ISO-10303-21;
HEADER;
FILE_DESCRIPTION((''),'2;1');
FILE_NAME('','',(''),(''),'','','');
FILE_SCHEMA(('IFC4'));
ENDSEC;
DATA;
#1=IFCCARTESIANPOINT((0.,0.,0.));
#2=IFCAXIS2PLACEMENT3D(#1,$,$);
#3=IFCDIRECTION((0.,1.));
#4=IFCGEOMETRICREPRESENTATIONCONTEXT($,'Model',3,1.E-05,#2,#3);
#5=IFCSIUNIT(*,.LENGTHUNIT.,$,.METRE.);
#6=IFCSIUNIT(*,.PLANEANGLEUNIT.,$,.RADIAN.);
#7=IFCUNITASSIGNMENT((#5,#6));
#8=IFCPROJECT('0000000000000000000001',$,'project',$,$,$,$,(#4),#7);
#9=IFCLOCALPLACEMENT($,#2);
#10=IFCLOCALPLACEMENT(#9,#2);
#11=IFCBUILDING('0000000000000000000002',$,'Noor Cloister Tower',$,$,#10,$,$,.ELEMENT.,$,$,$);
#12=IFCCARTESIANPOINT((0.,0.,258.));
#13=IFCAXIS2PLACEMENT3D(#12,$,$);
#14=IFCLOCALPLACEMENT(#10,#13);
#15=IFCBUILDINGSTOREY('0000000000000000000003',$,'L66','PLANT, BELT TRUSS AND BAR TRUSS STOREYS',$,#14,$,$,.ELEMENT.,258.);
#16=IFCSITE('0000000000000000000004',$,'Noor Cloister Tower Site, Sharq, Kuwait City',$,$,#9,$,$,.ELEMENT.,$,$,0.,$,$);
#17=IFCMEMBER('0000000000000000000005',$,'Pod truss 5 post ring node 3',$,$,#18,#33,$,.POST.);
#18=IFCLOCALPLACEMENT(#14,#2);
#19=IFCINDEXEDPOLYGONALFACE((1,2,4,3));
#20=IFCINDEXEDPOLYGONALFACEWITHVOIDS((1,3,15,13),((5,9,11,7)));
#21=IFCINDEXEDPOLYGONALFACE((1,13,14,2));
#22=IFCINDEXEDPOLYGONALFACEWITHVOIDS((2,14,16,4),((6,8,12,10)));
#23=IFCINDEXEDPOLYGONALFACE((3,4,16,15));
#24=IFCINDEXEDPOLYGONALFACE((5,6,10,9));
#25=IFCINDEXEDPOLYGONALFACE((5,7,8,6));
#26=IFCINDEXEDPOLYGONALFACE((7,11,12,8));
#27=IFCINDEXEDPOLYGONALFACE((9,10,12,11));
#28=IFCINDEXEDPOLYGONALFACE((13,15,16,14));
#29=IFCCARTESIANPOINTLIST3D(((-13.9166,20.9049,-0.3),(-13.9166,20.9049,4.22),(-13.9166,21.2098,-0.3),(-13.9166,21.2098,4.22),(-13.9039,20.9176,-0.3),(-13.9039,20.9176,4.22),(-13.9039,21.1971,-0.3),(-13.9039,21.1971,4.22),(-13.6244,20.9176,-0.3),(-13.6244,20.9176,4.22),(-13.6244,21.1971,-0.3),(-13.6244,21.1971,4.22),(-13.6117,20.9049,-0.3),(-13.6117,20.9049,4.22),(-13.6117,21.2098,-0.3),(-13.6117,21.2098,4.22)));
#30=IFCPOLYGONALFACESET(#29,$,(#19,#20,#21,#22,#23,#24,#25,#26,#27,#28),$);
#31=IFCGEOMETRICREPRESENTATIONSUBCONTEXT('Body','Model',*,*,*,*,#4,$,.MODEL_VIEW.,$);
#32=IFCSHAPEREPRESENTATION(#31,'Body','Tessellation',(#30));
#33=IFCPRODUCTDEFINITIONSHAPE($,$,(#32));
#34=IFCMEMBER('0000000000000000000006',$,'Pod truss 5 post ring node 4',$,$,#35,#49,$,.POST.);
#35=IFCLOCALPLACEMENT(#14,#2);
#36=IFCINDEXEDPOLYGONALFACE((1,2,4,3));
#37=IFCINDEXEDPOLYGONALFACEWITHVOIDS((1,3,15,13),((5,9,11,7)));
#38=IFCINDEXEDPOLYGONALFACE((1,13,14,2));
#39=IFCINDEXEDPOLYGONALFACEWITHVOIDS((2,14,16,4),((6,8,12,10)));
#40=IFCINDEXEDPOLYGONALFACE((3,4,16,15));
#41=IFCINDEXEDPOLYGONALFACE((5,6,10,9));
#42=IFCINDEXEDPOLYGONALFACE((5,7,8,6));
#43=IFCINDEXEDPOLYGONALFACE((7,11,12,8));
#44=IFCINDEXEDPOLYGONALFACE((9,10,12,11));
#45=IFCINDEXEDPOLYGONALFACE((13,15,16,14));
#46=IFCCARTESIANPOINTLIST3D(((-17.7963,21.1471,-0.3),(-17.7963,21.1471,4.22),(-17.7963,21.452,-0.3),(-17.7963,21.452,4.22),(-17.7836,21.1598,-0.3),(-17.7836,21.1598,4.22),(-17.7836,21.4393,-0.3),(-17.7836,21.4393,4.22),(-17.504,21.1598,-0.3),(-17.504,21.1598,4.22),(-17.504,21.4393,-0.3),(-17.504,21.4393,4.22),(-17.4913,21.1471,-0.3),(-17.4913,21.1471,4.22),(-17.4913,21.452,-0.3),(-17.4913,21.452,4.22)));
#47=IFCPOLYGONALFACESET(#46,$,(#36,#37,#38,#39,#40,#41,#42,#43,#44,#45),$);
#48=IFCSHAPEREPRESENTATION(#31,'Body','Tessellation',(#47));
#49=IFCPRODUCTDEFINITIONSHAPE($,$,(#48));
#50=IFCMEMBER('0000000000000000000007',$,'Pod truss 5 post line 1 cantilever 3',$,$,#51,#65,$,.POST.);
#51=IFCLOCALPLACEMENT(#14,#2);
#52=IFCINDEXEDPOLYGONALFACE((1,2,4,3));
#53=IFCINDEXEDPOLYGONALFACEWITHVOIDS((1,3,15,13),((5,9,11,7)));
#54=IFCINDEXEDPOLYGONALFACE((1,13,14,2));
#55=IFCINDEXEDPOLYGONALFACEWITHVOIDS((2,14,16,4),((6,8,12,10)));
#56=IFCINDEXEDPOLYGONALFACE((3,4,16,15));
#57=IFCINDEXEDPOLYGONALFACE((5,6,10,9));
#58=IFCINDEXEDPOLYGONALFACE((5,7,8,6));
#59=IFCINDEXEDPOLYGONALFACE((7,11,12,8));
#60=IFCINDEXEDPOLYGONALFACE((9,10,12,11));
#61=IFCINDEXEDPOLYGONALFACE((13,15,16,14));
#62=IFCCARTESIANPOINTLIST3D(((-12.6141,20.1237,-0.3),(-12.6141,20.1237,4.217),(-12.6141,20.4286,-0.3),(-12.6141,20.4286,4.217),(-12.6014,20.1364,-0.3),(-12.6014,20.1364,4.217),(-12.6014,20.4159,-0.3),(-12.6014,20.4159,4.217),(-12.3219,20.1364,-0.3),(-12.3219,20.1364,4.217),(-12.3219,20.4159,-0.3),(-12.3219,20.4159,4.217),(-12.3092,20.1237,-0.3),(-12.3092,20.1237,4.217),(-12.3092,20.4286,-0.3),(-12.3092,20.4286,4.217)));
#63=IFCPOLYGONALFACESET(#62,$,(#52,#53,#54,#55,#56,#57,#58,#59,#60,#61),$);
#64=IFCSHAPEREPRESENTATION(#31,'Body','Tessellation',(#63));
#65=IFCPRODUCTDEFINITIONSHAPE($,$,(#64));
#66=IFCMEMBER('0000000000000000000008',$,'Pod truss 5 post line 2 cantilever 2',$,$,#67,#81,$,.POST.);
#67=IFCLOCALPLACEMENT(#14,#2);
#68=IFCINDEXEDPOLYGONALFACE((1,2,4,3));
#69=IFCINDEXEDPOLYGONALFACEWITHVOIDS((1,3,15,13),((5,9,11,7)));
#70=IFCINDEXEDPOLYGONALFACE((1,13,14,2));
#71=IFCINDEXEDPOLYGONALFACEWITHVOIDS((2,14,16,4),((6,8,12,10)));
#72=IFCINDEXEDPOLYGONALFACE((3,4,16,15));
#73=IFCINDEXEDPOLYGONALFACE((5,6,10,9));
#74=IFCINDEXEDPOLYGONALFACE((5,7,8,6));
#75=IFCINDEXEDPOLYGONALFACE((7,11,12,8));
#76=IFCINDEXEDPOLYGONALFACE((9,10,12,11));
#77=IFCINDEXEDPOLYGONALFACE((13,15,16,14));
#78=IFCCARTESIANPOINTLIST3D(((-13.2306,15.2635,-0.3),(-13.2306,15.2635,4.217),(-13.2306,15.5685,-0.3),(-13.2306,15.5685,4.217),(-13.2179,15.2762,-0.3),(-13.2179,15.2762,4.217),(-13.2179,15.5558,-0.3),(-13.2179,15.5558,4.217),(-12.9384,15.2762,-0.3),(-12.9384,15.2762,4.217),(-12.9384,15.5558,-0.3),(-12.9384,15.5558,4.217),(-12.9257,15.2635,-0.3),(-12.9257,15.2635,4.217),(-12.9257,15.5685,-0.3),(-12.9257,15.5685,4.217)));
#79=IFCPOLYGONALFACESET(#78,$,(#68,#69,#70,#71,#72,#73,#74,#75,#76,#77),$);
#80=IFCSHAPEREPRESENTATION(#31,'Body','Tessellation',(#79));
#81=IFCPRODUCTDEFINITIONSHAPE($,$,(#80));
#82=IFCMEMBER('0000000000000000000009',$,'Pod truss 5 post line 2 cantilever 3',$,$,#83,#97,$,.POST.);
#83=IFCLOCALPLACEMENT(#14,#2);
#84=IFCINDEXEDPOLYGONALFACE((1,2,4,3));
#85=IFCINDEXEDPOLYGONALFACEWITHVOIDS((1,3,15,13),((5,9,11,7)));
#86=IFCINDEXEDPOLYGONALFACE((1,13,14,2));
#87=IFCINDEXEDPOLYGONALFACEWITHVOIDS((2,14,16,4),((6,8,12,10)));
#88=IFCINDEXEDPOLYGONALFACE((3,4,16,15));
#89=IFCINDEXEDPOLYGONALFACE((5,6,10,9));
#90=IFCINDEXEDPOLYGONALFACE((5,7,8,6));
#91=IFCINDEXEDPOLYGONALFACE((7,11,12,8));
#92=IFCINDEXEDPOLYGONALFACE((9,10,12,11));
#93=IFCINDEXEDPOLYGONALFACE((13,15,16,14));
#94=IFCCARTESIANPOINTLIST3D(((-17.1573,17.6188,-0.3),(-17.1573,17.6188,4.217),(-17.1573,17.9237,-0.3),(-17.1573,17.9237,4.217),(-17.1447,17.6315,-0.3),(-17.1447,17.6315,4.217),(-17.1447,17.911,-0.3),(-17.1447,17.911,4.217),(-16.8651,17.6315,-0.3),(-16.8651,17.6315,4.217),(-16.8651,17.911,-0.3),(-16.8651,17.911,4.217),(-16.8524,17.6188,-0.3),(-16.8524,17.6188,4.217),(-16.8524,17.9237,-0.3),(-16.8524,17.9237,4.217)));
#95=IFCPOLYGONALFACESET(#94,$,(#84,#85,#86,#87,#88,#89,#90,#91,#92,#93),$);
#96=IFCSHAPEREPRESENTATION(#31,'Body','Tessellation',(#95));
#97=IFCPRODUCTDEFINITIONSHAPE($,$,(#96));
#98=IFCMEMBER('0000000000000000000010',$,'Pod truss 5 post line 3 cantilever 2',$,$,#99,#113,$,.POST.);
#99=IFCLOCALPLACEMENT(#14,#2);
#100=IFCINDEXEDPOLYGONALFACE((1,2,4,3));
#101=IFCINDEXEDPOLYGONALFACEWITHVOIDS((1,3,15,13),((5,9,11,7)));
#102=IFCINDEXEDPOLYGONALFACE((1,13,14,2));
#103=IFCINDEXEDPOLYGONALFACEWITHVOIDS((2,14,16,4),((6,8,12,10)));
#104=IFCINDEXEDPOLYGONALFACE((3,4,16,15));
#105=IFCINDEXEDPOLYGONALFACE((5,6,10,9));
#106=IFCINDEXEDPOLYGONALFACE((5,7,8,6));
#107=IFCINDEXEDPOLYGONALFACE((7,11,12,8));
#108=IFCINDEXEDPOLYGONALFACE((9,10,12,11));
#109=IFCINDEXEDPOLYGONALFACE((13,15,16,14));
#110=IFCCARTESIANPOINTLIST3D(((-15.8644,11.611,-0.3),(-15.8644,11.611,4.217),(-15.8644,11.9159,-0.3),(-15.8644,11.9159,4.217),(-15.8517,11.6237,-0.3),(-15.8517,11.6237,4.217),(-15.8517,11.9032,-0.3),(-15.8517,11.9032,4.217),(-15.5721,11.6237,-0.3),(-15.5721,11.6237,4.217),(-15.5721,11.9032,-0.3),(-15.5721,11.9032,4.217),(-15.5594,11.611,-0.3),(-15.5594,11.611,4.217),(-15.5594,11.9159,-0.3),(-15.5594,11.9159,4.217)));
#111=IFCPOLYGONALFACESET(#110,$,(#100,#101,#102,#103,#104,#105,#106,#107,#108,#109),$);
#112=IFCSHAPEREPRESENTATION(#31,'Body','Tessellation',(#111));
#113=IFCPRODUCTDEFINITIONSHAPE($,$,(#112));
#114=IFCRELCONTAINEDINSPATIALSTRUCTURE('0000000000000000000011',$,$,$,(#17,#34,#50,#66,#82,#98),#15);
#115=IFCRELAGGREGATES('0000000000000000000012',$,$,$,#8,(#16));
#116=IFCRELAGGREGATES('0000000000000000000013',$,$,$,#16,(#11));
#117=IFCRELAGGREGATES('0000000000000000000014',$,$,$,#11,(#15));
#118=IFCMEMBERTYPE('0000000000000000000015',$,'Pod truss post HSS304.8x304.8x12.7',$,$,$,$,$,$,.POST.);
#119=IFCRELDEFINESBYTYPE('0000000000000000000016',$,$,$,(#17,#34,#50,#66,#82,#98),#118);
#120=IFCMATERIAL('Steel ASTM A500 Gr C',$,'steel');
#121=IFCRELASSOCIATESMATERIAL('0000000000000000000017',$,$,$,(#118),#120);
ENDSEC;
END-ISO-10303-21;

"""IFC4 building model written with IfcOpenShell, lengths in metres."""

from ifc_helpers import new_model, si_unit, direction, frame, origin, origin_2d, place, context, subcontext, project, spatial, hollow_rectangle, extrude, material, material_profile, profile_set, type_object, element, save


model = new_model("IFC4")

# Units and contexts
model_context = context("Model", 3, precision=1e-05, world=origin(), true_north=direction((0.0, 1.0)))
body_context = subcontext(model_context, "Body", "Model", "MODEL_VIEW")
ifc_project = project(units=[si_unit("LENGTHUNIT", "METRE"), si_unit("PLANEANGLEUNIT", "RADIAN")], contexts=[model_context])

# Site, building, storey
site_placement = place(None, origin())
site = spatial("IfcSite", under=ifc_project, at=site_placement, Name="Noor Cloister Tower Site, Sharq, Kuwait City", CompositionType="ELEMENT", RefElevation=0.0)
building_placement = place(site_placement, origin())
building = spatial("IfcBuilding", under=site, at=building_placement, Name="Noor Cloister Tower", CompositionType="ELEMENT")
storey_placement = place(building_placement, frame((0.0, 0.0, 258.0)))
storey = spatial("IfcBuildingStorey", under=building, at=storey_placement, Name="L66", Description="PLANT, BELT TRUSS AND BAR TRUSS STOREYS", CompositionType="ELEMENT", Elevation=258.0)

# Members
ifc_material_1 = material(Name="Steel ASTM A500 Gr C", Category="steel")
ifc_material_profile_1 = material_profile(ifc_material_1, hollow_rectangle(XDim=0.3049, YDim=0.3049, WallThickness=0.0127, at=origin_2d()), Name="HSS304.8x304.8x12.7")
ifc_profile_set_1 = profile_set([ifc_material_profile_1], Name="Steel ASTM A500 Gr C")
member_type_1 = type_object("IfcMemberType", Name="Pod truss post HSS304.8x304.8x12.7", PredefinedType="POST", material=ifc_profile_set_1)
for number, where, z_axis, x_axis, name in (
    (1, (-13.7642, 21.0574, -0.3), (0.0, 0.0, 1.0), (1.0, 0.0, 0.0), "Pod truss 5 post ring node 3"),
    (2, (-17.6438, 21.2996, -0.3), (0.0, 0.0, 1.0), (1.0, 0.0, 0.0), "Pod truss 5 post ring node 4"),
):
    element("IfcMember", number, at=place(storey_placement, frame(where, z_axis=z_axis, x_axis=x_axis)), inside=storey, type_object=member_type_1, Name=name, PredefinedType="POST", context=body_context, shape_type="SweptSolid", body=[
        extrude(hollow_rectangle(XDim=0.3049, YDim=0.3049, WallThickness=0.0127, at=origin_2d()), origin(), (0.0, 0.0, 1.0), 4.52),
    ])
for number, where, z_axis, x_axis, name in (
    (3, (-12.4617, 20.2761, -0.3), (0.0, 0.0, 1.0), (1.0, 0.0, 0.0), "Pod truss 5 post line 1 cantilever 3"),
    (4, (-13.0781, 15.416, -0.3), (0.0, 0.0, 1.0), (1.0, 0.0, 0.0), "Pod truss 5 post line 2 cantilever 2"),
    (5, (-17.0049, 17.7712, -0.3), (0.0, 0.0, 1.0), (1.0, 0.0, 0.0), "Pod truss 5 post line 2 cantilever 3"),
    (6, (-15.7119, 11.7634, -0.3), (0.0, 0.0, 1.0), (1.0, 0.0, 0.0), "Pod truss 5 post line 3 cantilever 2"),
):
    element("IfcMember", number, at=place(storey_placement, frame(where, z_axis=z_axis, x_axis=x_axis)), inside=storey, type_object=member_type_1, Name=name, PredefinedType="POST", context=body_context, shape_type="SweptSolid", body=[
        extrude(hollow_rectangle(XDim=0.3049, YDim=0.3049, WallThickness=0.0127, at=origin_2d()), origin(), (0.0, 0.0, 1.0), 4.5171),
    ])

save(model, "model.ifc")
